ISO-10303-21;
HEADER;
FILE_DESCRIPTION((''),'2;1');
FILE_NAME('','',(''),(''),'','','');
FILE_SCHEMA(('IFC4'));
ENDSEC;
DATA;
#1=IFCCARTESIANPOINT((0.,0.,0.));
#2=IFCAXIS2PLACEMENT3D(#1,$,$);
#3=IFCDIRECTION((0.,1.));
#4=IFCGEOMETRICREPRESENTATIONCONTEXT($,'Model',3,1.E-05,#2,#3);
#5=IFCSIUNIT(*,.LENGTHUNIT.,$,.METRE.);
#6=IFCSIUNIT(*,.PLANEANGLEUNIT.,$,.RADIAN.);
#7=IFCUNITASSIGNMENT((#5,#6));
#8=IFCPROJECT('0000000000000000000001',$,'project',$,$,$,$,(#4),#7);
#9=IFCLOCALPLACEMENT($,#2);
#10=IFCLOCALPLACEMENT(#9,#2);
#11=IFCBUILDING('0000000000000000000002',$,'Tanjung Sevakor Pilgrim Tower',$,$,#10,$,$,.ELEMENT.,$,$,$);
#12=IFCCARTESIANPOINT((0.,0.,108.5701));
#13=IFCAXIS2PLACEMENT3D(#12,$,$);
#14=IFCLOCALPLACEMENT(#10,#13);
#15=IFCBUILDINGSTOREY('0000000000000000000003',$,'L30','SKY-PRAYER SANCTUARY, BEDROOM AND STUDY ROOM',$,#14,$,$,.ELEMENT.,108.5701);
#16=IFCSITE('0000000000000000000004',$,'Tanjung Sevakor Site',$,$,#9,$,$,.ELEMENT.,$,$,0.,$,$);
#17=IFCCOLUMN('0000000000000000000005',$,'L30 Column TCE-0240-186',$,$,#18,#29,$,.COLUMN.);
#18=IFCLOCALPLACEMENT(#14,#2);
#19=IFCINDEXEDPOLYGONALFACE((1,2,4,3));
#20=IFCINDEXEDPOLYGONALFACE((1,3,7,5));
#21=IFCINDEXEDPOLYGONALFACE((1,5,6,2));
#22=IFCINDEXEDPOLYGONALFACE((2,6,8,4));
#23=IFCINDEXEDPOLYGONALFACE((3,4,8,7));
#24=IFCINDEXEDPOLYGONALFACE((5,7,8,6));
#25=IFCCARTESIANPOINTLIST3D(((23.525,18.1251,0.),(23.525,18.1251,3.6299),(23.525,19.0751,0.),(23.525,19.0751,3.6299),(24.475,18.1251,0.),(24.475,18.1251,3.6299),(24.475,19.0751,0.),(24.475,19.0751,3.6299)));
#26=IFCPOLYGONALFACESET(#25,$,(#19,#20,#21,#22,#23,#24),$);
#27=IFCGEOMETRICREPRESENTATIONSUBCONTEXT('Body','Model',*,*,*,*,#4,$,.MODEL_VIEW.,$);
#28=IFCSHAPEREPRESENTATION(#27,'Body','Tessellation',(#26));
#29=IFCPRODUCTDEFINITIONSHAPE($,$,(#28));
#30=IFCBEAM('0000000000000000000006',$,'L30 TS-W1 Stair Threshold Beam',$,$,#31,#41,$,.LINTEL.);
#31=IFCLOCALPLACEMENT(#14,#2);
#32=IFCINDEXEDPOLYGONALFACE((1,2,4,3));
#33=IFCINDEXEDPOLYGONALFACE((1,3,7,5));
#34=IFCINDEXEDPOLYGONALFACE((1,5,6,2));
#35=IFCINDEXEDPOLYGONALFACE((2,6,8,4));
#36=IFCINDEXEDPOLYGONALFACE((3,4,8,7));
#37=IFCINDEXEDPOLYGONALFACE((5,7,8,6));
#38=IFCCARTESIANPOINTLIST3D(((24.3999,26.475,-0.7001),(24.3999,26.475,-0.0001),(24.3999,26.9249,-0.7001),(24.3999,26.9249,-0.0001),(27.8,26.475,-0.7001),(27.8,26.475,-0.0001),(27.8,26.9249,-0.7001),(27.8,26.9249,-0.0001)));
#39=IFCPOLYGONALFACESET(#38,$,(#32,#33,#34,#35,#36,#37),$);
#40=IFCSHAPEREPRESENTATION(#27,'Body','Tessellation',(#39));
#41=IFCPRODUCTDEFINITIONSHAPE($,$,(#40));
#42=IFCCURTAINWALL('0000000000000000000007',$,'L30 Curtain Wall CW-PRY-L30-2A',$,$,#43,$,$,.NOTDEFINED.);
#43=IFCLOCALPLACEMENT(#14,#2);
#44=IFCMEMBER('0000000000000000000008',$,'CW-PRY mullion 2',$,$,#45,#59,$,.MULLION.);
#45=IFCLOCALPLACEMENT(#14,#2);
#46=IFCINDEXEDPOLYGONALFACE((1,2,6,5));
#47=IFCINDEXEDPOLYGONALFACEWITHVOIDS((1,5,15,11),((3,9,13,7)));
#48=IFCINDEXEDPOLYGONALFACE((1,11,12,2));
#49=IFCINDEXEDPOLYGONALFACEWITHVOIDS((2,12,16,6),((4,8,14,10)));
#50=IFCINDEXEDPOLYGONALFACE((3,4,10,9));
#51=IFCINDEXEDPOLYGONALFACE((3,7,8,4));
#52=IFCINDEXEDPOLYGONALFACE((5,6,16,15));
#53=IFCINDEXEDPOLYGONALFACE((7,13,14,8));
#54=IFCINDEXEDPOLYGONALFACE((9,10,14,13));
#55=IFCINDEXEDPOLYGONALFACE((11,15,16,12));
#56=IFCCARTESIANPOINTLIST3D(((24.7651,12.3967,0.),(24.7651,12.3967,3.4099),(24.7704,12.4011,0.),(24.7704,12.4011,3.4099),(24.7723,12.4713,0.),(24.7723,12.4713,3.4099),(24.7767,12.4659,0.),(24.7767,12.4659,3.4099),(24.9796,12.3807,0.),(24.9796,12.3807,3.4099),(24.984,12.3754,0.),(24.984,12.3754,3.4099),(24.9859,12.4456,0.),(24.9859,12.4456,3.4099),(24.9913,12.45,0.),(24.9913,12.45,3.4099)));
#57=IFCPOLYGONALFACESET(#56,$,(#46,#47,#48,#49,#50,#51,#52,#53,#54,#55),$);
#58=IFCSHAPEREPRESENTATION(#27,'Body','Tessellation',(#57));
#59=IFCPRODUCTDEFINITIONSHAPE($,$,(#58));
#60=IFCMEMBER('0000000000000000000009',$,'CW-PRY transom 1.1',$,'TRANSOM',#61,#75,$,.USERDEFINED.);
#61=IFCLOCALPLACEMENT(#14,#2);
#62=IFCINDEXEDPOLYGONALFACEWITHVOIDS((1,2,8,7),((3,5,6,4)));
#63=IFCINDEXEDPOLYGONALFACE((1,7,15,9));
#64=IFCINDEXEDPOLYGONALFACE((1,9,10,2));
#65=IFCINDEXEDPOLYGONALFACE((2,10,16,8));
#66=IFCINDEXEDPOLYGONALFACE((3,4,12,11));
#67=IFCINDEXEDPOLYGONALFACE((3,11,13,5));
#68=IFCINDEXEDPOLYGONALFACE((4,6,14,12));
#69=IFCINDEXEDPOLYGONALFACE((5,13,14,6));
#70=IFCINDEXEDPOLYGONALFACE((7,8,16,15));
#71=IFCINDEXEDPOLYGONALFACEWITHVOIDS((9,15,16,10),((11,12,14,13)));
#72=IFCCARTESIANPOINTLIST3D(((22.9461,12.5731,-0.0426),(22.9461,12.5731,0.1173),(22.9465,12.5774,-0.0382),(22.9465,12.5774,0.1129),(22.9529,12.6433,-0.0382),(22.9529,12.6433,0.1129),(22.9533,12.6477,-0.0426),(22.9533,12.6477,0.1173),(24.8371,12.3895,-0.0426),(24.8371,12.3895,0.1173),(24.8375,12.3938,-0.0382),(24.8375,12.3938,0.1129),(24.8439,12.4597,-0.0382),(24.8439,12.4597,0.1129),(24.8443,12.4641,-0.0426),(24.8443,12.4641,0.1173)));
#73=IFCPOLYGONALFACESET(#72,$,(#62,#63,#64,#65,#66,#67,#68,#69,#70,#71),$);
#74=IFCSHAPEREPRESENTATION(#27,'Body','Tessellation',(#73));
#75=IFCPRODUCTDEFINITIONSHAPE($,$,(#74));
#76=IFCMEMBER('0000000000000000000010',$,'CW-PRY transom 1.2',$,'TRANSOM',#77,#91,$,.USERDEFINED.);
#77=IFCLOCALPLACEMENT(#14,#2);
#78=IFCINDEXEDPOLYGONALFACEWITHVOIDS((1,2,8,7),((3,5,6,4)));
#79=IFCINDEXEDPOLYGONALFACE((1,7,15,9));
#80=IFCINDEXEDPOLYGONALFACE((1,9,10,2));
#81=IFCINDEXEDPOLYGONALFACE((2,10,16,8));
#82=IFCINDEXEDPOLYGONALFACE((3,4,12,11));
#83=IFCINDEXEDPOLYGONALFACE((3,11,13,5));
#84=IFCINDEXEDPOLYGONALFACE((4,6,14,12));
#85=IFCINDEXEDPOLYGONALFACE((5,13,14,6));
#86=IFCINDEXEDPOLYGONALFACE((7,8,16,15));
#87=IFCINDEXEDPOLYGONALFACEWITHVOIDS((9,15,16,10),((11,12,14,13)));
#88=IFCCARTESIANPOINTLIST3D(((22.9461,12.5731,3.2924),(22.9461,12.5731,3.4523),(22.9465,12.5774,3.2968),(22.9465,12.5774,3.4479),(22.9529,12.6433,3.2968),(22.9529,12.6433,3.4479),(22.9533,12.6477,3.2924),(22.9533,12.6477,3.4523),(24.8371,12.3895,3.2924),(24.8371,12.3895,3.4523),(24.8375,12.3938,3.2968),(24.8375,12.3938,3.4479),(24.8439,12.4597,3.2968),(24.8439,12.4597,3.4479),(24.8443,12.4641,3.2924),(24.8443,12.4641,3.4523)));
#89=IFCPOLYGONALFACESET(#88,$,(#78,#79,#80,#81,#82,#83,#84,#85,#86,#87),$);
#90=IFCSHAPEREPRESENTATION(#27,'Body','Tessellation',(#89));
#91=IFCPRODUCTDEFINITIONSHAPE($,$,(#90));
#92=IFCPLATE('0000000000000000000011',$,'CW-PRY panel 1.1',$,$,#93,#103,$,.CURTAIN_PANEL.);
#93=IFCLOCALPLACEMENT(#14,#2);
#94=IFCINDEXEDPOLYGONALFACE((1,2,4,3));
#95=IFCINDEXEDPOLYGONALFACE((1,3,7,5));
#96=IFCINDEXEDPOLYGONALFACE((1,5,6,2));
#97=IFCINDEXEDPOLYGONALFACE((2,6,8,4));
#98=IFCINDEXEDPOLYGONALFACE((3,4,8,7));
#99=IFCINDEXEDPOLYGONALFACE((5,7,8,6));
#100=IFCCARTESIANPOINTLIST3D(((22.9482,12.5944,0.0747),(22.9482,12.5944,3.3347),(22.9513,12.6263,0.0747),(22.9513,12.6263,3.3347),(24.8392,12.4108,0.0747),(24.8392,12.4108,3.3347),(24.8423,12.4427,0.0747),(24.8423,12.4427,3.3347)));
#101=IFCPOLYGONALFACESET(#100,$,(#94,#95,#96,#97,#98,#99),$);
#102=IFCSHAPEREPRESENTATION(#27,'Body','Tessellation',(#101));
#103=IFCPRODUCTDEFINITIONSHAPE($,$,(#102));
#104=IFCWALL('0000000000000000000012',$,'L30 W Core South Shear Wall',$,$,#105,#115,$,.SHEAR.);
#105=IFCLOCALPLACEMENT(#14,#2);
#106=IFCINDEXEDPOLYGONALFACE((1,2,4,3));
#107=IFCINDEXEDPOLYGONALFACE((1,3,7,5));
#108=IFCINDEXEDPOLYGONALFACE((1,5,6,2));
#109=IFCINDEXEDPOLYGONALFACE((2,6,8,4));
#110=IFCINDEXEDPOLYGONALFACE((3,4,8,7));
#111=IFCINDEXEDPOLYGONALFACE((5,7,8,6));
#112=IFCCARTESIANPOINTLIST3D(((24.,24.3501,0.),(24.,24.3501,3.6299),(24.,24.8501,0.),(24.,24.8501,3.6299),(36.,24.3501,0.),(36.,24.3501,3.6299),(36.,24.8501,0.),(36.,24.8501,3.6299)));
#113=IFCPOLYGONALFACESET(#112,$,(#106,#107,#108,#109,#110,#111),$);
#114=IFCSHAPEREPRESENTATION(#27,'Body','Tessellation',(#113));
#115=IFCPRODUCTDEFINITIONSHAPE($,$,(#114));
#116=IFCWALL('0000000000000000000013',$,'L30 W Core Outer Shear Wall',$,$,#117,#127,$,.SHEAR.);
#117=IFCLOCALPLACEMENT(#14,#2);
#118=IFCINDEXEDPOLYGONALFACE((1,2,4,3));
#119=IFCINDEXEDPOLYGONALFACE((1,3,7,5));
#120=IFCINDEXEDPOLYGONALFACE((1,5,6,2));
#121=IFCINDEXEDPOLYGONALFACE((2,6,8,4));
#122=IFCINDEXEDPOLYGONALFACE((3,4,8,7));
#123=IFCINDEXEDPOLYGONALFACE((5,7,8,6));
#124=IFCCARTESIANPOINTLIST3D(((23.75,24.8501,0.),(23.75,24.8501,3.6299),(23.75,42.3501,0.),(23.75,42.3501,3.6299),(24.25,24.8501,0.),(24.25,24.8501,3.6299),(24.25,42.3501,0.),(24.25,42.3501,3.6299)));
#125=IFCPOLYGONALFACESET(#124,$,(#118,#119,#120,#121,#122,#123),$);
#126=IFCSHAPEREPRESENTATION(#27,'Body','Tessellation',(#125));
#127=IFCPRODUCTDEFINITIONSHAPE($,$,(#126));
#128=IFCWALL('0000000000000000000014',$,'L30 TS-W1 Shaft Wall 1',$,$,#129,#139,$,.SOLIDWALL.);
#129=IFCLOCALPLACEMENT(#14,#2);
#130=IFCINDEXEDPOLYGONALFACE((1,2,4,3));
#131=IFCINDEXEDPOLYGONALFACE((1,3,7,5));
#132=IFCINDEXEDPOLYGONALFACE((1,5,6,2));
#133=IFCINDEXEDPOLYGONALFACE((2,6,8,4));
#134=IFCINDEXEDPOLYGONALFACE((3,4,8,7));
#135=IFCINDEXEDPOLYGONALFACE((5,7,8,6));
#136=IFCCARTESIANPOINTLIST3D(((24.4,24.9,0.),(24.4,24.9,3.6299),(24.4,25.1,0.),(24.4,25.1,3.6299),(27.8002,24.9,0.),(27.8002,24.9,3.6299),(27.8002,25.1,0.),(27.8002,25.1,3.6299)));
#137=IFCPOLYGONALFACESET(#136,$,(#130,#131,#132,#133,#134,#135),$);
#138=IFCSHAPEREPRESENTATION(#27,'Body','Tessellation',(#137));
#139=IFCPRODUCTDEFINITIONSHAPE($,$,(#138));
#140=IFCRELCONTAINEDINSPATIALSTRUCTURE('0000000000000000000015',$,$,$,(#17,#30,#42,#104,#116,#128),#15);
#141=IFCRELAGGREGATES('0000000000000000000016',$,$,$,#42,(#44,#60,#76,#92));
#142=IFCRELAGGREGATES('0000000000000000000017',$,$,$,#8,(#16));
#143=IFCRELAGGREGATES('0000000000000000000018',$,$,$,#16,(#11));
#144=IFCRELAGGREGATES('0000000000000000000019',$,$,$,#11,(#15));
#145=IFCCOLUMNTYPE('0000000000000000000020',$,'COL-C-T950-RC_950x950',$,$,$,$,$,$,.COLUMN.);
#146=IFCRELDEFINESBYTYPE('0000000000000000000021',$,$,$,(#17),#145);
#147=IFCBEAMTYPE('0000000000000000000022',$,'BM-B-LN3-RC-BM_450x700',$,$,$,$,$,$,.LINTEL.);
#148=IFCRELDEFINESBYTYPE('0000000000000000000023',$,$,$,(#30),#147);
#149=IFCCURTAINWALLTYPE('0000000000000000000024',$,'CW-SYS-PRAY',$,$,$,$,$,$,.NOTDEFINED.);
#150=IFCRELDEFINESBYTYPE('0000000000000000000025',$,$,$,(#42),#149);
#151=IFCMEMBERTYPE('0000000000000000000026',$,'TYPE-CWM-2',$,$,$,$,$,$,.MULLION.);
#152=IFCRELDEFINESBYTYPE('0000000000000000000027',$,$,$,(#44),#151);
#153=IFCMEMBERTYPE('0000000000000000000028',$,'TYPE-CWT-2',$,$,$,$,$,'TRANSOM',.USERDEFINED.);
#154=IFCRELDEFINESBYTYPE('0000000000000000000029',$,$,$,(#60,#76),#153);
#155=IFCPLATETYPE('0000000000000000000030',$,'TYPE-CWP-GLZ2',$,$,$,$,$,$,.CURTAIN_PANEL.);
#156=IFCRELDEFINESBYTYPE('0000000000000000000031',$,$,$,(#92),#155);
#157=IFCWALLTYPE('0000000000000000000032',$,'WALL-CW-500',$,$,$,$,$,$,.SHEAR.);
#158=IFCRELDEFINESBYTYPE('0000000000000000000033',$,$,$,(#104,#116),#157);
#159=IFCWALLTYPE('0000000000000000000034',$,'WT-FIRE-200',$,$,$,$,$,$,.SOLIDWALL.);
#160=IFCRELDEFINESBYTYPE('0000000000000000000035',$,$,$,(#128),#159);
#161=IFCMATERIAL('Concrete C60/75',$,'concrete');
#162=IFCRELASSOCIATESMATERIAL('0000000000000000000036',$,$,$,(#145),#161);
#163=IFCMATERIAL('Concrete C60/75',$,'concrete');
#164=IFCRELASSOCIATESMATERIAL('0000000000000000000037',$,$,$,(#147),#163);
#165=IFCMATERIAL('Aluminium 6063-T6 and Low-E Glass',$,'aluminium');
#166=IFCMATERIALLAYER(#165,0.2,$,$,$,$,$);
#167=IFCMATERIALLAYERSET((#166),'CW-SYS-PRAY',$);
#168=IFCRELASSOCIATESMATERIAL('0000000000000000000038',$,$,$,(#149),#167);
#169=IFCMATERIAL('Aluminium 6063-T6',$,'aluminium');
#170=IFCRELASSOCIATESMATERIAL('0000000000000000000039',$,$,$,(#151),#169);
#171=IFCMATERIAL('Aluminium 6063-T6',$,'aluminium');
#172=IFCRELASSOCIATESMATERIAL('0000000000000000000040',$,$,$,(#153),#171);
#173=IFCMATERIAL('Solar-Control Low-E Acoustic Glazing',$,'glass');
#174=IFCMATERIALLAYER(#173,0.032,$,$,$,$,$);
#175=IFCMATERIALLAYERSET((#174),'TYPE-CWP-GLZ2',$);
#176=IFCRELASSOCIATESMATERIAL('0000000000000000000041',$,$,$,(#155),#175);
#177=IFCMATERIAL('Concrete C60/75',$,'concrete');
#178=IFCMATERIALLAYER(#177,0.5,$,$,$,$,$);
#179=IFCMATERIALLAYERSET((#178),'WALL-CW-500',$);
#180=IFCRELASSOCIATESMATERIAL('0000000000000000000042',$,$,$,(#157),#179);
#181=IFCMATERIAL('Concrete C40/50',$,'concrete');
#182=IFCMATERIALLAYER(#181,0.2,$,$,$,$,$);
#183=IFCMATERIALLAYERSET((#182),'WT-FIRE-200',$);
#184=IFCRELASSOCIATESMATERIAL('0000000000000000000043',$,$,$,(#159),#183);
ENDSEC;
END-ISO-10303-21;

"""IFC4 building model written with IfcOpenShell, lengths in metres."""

from ifc_helpers import new_model, si_unit, direction, frame, frame_2d, origin, origin_2d, place, context, subcontext, project, spatial, rectangle, hollow_rectangle, extrude, material, layer, layer_set, material_profile, profile_set, type_object, element, aggregate, save


model = new_model("IFC4")

# Units and contexts
model_context = context("Model", 3, precision=1e-05, world=origin(), true_north=direction((0.0, 1.0)))
body_context = subcontext(model_context, "Body", "Model", "MODEL_VIEW")
ifc_project = project(units=[si_unit("LENGTHUNIT", "METRE"), si_unit("PLANEANGLEUNIT", "RADIAN")], contexts=[model_context])

# Site, building, storey
site_placement = place(None, origin())
site = spatial("IfcSite", under=ifc_project, at=site_placement, Name="Tanjung Sevakor Site", CompositionType="ELEMENT", RefElevation=0.0)
building_placement = place(site_placement, origin())
building = spatial("IfcBuilding", under=site, at=building_placement, Name="Tanjung Sevakor Pilgrim Tower", CompositionType="ELEMENT")
storey_placement = place(building_placement, frame((0.0, 0.0, 108.5701)))
storey = spatial("IfcBuildingStorey", under=building, at=storey_placement, Name="L30", Description="SKY-PRAYER SANCTUARY, BEDROOM AND STUDY ROOM", CompositionType="ELEMENT", Elevation=108.5701)

# Column
ifc_material_1 = material(Name="Concrete C60/75", Category="concrete")
ifc_material_profile_1 = material_profile(ifc_material_1, rectangle(XDim=0.95, YDim=0.95, at=origin_2d()))
ifc_profile_set_1 = profile_set([ifc_material_profile_1], Name="Concrete C60/75")
column_type = type_object("IfcColumnType", Name="COL-C-T950-RC_950x950", PredefinedType="COLUMN", material=ifc_profile_set_1)
column_placement = place(storey_placement, frame((24.0, 18.6001, 0.0), z_axis=(0.0, 0.0, 1.0), x_axis=(1.0, 0.0, 0.0)))
element("IfcColumn", 1, at=column_placement, inside=storey, type_object=column_type, Name="L30 Column TCE-0240-186", PredefinedType="COLUMN", context=body_context, shape_type="SweptSolid", body=[
    extrude(rectangle(XDim=0.95, YDim=0.95, at=origin_2d()), origin(), (0.0, 0.0, 1.0), 3.6299),
])

# Beam
ifc_material_2 = material(Name="Concrete C60/75", Category="concrete")
ifc_material_profile_2 = material_profile(ifc_material_2, rectangle(XDim=0.45, YDim=0.7, at=origin_2d()))
ifc_profile_set_2 = profile_set([ifc_material_profile_2], Name="Concrete C60/75")
beam_type = type_object("IfcBeamType", Name="BM-B-LN3-RC-BM_450x700", PredefinedType="LINTEL", material=ifc_profile_set_2)
beam_placement = place(storey_placement, frame((24.3999, 26.7, -0.3501), z_axis=(1.0, 0.0, 0.0), x_axis=(0.0, 1.0, 0.0)))
element("IfcBeam", 2, at=beam_placement, inside=storey, type_object=beam_type, Name="L30 TS-W1 Stair Threshold Beam", PredefinedType="LINTEL", context=body_context, shape_type="SweptSolid", body=[
    extrude(rectangle(XDim=0.45, YDim=0.7, at=origin_2d()), origin(), (0.0, 0.0, 1.0), 3.4001),
])

# Curtain wall, members, plate
ifc_material_3 = material(Name="Aluminium 6063-T6 and Low-E Glass", Category="aluminium")
ifc_layer_1 = layer(ifc_material_3, 0.2)
ifc_layer_set_1 = layer_set([ifc_layer_1], Name="CW-SYS-PRAY")
curtain_wall_type = type_object("IfcCurtainWallType", Name="CW-SYS-PRAY", PredefinedType="NOTDEFINED", material=ifc_layer_set_1)
curtain_wall_placement = place(storey_placement, origin())
curtain_wall = element("IfcCurtainWall", 3, at=curtain_wall_placement, inside=storey, type_object=curtain_wall_type, Name="L30 Curtain Wall CW-PRY-L30-2A", PredefinedType="NOTDEFINED")
ifc_material_4 = material(Name="Aluminium 6063-T6", Category="aluminium")
ifc_material_profile_3 = material_profile(ifc_material_4, hollow_rectangle(XDim=0.075, YDim=0.22, WallThickness=0.0049, at=origin_2d()))
ifc_profile_set_3 = profile_set([ifc_material_profile_3], Name="Aluminium 6063-T6")
member_type_1 = type_object("IfcMemberType", Name="TYPE-CWM-2", PredefinedType="MULLION", material=ifc_profile_set_3)
member_1_placement = place(storey_placement, frame((24.8782, 12.4233, 0.0), z_axis=(0.0, 0.0, 1.0), x_axis=(0.096634, 0.99532, 0.0)))
member_1 = element("IfcMember", 4, at=member_1_placement, type_object=member_type_1, Name="CW-PRY mullion 2", PredefinedType="MULLION", context=body_context, shape_type="SweptSolid", body=[
    extrude(hollow_rectangle(XDim=0.075, YDim=0.22, WallThickness=0.0049, at=origin_2d()), origin(), (0.0, 0.0, 1.0), 3.4099),
])
ifc_material_5 = material(Name="Aluminium 6063-T6", Category="aluminium")
ifc_material_profile_4 = material_profile(ifc_material_5, hollow_rectangle(XDim=0.075, YDim=0.1599, WallThickness=0.0044, at=origin_2d()))
ifc_profile_set_4 = profile_set([ifc_material_profile_4], Name="Aluminium 6063-T6")
member_type_2 = type_object("IfcMemberType", Name="TYPE-CWT-2", ElementType="TRANSOM", PredefinedType="USERDEFINED", material=ifc_profile_set_4)
member_2_placement = place(storey_placement, frame((22.9497, 12.6104, 0.0374), z_axis=(0.995321, -0.096628, 0.0), x_axis=(0.096628, 0.995321, 0.0)))
member_2 = element("IfcMember", 5, at=member_2_placement, type_object=member_type_2, Name="CW-PRY transom 1.1", ObjectType="TRANSOM", PredefinedType="USERDEFINED", context=body_context, shape_type="SweptSolid", body=[
    extrude(hollow_rectangle(XDim=0.075, YDim=0.1599, WallThickness=0.0044, at=origin_2d()), origin(), (0.0, 0.0, 1.0), 1.8999),
])
member_3_placement = place(storey_placement, frame((22.9497, 12.6104, 3.3723), z_axis=(0.995321, -0.096628, 0.0), x_axis=(0.096628, 0.995321, 0.0)))
member_3 = element("IfcMember", 6, at=member_3_placement, type_object=member_type_2, Name="CW-PRY transom 1.2", ObjectType="TRANSOM", PredefinedType="USERDEFINED", context=body_context, shape_type="SweptSolid", body=[
    extrude(hollow_rectangle(XDim=0.075, YDim=0.1599, WallThickness=0.0044, at=origin_2d()), origin(), (0.0, 0.0, 1.0), 1.8999),
])
ifc_material_6 = material(Name="Solar-Control Low-E Acoustic Glazing", Category="glass")
ifc_layer_2 = layer(ifc_material_6, 0.032)
ifc_layer_set_2 = layer_set([ifc_layer_2], Name="TYPE-CWP-GLZ2")
plate_type = type_object("IfcPlateType", Name="TYPE-CWP-GLZ2", PredefinedType="CURTAIN_PANEL", material=ifc_layer_set_2)
plate_placement = place(storey_placement, frame((23.8953, 12.5186, 0.0747), z_axis=(0.0, 0.0, 1.0), x_axis=(0.99532, -0.096634, 0.0)))
plate = element("IfcPlate", 7, at=plate_placement, type_object=plate_type, Name="CW-PRY panel 1.1", PredefinedType="CURTAIN_PANEL", context=body_context, shape_type="SweptSolid", body=[
    extrude(rectangle(XDim=1.8999, YDim=0.032, at=origin_2d()), origin(), (0.0, 0.0, 1.0), 3.26),
])
aggregate(curtain_wall, [member_1, member_2, member_3, plate])

# Walls
ifc_material_7 = material(Name="Concrete C60/75", Category="concrete")
ifc_layer_3 = layer(ifc_material_7, 0.5)
ifc_layer_set_3 = layer_set([ifc_layer_3], Name="WALL-CW-500")
wall_type_1 = type_object("IfcWallType", Name="WALL-CW-500", PredefinedType="SHEAR", material=ifc_layer_set_3)
wall_1_placement = place(storey_placement, frame((24.0, 24.6001, 0.0), z_axis=(0.0, 0.0, 1.0), x_axis=(1.0, 0.0, 0.0)))
element("IfcWall", 8, at=wall_1_placement, inside=storey, type_object=wall_type_1, Name="L30 W Core South Shear Wall", PredefinedType="SHEAR", context=body_context, shape_type="SweptSolid", body=[
    extrude(rectangle(XDim=12.0, YDim=0.5, at=frame_2d((6.0, 0.0))), origin(), (0.0, 0.0, 1.0), 3.6299),
])
wall_2_placement = place(storey_placement, frame((24.0, 24.8501, 0.0), z_axis=(0.0, 0.0, 1.0), x_axis=(0.0, 1.0, 0.0)))
element("IfcWall", 9, at=wall_2_placement, inside=storey, type_object=wall_type_1, Name="L30 W Core Outer Shear Wall", PredefinedType="SHEAR", context=body_context, shape_type="SweptSolid", body=[
    extrude(rectangle(XDim=17.5, YDim=0.5, at=frame_2d((8.75, 0.0))), origin(), (0.0, 0.0, 1.0), 3.6299),
])

# Wall
ifc_material_8 = material(Name="Concrete C40/50", Category="concrete")
ifc_layer_4 = layer(ifc_material_8, 0.2)
ifc_layer_set_4 = layer_set([ifc_layer_4], Name="WT-FIRE-200")
wall_type_2 = type_object("IfcWallType", Name="WT-FIRE-200", PredefinedType="SOLIDWALL", material=ifc_layer_set_4)
wall_3_placement = place(storey_placement, frame((24.3999, 25.0, 0.0), z_axis=(0.0, 0.0, 1.0), x_axis=(1.0, 0.0, 0.0)))
element("IfcWall", 10, at=wall_3_placement, inside=storey, type_object=wall_type_2, Name="L30 TS-W1 Shaft Wall 1", PredefinedType="SOLIDWALL", context=body_context, shape_type="SweptSolid", body=[
    extrude(rectangle(XDim=3.4001, YDim=0.2, at=frame_2d((1.7002, 0.0))), origin(), (0.0, 0.0, 1.0), 3.6299),
])

save(model, "model.ifc")
